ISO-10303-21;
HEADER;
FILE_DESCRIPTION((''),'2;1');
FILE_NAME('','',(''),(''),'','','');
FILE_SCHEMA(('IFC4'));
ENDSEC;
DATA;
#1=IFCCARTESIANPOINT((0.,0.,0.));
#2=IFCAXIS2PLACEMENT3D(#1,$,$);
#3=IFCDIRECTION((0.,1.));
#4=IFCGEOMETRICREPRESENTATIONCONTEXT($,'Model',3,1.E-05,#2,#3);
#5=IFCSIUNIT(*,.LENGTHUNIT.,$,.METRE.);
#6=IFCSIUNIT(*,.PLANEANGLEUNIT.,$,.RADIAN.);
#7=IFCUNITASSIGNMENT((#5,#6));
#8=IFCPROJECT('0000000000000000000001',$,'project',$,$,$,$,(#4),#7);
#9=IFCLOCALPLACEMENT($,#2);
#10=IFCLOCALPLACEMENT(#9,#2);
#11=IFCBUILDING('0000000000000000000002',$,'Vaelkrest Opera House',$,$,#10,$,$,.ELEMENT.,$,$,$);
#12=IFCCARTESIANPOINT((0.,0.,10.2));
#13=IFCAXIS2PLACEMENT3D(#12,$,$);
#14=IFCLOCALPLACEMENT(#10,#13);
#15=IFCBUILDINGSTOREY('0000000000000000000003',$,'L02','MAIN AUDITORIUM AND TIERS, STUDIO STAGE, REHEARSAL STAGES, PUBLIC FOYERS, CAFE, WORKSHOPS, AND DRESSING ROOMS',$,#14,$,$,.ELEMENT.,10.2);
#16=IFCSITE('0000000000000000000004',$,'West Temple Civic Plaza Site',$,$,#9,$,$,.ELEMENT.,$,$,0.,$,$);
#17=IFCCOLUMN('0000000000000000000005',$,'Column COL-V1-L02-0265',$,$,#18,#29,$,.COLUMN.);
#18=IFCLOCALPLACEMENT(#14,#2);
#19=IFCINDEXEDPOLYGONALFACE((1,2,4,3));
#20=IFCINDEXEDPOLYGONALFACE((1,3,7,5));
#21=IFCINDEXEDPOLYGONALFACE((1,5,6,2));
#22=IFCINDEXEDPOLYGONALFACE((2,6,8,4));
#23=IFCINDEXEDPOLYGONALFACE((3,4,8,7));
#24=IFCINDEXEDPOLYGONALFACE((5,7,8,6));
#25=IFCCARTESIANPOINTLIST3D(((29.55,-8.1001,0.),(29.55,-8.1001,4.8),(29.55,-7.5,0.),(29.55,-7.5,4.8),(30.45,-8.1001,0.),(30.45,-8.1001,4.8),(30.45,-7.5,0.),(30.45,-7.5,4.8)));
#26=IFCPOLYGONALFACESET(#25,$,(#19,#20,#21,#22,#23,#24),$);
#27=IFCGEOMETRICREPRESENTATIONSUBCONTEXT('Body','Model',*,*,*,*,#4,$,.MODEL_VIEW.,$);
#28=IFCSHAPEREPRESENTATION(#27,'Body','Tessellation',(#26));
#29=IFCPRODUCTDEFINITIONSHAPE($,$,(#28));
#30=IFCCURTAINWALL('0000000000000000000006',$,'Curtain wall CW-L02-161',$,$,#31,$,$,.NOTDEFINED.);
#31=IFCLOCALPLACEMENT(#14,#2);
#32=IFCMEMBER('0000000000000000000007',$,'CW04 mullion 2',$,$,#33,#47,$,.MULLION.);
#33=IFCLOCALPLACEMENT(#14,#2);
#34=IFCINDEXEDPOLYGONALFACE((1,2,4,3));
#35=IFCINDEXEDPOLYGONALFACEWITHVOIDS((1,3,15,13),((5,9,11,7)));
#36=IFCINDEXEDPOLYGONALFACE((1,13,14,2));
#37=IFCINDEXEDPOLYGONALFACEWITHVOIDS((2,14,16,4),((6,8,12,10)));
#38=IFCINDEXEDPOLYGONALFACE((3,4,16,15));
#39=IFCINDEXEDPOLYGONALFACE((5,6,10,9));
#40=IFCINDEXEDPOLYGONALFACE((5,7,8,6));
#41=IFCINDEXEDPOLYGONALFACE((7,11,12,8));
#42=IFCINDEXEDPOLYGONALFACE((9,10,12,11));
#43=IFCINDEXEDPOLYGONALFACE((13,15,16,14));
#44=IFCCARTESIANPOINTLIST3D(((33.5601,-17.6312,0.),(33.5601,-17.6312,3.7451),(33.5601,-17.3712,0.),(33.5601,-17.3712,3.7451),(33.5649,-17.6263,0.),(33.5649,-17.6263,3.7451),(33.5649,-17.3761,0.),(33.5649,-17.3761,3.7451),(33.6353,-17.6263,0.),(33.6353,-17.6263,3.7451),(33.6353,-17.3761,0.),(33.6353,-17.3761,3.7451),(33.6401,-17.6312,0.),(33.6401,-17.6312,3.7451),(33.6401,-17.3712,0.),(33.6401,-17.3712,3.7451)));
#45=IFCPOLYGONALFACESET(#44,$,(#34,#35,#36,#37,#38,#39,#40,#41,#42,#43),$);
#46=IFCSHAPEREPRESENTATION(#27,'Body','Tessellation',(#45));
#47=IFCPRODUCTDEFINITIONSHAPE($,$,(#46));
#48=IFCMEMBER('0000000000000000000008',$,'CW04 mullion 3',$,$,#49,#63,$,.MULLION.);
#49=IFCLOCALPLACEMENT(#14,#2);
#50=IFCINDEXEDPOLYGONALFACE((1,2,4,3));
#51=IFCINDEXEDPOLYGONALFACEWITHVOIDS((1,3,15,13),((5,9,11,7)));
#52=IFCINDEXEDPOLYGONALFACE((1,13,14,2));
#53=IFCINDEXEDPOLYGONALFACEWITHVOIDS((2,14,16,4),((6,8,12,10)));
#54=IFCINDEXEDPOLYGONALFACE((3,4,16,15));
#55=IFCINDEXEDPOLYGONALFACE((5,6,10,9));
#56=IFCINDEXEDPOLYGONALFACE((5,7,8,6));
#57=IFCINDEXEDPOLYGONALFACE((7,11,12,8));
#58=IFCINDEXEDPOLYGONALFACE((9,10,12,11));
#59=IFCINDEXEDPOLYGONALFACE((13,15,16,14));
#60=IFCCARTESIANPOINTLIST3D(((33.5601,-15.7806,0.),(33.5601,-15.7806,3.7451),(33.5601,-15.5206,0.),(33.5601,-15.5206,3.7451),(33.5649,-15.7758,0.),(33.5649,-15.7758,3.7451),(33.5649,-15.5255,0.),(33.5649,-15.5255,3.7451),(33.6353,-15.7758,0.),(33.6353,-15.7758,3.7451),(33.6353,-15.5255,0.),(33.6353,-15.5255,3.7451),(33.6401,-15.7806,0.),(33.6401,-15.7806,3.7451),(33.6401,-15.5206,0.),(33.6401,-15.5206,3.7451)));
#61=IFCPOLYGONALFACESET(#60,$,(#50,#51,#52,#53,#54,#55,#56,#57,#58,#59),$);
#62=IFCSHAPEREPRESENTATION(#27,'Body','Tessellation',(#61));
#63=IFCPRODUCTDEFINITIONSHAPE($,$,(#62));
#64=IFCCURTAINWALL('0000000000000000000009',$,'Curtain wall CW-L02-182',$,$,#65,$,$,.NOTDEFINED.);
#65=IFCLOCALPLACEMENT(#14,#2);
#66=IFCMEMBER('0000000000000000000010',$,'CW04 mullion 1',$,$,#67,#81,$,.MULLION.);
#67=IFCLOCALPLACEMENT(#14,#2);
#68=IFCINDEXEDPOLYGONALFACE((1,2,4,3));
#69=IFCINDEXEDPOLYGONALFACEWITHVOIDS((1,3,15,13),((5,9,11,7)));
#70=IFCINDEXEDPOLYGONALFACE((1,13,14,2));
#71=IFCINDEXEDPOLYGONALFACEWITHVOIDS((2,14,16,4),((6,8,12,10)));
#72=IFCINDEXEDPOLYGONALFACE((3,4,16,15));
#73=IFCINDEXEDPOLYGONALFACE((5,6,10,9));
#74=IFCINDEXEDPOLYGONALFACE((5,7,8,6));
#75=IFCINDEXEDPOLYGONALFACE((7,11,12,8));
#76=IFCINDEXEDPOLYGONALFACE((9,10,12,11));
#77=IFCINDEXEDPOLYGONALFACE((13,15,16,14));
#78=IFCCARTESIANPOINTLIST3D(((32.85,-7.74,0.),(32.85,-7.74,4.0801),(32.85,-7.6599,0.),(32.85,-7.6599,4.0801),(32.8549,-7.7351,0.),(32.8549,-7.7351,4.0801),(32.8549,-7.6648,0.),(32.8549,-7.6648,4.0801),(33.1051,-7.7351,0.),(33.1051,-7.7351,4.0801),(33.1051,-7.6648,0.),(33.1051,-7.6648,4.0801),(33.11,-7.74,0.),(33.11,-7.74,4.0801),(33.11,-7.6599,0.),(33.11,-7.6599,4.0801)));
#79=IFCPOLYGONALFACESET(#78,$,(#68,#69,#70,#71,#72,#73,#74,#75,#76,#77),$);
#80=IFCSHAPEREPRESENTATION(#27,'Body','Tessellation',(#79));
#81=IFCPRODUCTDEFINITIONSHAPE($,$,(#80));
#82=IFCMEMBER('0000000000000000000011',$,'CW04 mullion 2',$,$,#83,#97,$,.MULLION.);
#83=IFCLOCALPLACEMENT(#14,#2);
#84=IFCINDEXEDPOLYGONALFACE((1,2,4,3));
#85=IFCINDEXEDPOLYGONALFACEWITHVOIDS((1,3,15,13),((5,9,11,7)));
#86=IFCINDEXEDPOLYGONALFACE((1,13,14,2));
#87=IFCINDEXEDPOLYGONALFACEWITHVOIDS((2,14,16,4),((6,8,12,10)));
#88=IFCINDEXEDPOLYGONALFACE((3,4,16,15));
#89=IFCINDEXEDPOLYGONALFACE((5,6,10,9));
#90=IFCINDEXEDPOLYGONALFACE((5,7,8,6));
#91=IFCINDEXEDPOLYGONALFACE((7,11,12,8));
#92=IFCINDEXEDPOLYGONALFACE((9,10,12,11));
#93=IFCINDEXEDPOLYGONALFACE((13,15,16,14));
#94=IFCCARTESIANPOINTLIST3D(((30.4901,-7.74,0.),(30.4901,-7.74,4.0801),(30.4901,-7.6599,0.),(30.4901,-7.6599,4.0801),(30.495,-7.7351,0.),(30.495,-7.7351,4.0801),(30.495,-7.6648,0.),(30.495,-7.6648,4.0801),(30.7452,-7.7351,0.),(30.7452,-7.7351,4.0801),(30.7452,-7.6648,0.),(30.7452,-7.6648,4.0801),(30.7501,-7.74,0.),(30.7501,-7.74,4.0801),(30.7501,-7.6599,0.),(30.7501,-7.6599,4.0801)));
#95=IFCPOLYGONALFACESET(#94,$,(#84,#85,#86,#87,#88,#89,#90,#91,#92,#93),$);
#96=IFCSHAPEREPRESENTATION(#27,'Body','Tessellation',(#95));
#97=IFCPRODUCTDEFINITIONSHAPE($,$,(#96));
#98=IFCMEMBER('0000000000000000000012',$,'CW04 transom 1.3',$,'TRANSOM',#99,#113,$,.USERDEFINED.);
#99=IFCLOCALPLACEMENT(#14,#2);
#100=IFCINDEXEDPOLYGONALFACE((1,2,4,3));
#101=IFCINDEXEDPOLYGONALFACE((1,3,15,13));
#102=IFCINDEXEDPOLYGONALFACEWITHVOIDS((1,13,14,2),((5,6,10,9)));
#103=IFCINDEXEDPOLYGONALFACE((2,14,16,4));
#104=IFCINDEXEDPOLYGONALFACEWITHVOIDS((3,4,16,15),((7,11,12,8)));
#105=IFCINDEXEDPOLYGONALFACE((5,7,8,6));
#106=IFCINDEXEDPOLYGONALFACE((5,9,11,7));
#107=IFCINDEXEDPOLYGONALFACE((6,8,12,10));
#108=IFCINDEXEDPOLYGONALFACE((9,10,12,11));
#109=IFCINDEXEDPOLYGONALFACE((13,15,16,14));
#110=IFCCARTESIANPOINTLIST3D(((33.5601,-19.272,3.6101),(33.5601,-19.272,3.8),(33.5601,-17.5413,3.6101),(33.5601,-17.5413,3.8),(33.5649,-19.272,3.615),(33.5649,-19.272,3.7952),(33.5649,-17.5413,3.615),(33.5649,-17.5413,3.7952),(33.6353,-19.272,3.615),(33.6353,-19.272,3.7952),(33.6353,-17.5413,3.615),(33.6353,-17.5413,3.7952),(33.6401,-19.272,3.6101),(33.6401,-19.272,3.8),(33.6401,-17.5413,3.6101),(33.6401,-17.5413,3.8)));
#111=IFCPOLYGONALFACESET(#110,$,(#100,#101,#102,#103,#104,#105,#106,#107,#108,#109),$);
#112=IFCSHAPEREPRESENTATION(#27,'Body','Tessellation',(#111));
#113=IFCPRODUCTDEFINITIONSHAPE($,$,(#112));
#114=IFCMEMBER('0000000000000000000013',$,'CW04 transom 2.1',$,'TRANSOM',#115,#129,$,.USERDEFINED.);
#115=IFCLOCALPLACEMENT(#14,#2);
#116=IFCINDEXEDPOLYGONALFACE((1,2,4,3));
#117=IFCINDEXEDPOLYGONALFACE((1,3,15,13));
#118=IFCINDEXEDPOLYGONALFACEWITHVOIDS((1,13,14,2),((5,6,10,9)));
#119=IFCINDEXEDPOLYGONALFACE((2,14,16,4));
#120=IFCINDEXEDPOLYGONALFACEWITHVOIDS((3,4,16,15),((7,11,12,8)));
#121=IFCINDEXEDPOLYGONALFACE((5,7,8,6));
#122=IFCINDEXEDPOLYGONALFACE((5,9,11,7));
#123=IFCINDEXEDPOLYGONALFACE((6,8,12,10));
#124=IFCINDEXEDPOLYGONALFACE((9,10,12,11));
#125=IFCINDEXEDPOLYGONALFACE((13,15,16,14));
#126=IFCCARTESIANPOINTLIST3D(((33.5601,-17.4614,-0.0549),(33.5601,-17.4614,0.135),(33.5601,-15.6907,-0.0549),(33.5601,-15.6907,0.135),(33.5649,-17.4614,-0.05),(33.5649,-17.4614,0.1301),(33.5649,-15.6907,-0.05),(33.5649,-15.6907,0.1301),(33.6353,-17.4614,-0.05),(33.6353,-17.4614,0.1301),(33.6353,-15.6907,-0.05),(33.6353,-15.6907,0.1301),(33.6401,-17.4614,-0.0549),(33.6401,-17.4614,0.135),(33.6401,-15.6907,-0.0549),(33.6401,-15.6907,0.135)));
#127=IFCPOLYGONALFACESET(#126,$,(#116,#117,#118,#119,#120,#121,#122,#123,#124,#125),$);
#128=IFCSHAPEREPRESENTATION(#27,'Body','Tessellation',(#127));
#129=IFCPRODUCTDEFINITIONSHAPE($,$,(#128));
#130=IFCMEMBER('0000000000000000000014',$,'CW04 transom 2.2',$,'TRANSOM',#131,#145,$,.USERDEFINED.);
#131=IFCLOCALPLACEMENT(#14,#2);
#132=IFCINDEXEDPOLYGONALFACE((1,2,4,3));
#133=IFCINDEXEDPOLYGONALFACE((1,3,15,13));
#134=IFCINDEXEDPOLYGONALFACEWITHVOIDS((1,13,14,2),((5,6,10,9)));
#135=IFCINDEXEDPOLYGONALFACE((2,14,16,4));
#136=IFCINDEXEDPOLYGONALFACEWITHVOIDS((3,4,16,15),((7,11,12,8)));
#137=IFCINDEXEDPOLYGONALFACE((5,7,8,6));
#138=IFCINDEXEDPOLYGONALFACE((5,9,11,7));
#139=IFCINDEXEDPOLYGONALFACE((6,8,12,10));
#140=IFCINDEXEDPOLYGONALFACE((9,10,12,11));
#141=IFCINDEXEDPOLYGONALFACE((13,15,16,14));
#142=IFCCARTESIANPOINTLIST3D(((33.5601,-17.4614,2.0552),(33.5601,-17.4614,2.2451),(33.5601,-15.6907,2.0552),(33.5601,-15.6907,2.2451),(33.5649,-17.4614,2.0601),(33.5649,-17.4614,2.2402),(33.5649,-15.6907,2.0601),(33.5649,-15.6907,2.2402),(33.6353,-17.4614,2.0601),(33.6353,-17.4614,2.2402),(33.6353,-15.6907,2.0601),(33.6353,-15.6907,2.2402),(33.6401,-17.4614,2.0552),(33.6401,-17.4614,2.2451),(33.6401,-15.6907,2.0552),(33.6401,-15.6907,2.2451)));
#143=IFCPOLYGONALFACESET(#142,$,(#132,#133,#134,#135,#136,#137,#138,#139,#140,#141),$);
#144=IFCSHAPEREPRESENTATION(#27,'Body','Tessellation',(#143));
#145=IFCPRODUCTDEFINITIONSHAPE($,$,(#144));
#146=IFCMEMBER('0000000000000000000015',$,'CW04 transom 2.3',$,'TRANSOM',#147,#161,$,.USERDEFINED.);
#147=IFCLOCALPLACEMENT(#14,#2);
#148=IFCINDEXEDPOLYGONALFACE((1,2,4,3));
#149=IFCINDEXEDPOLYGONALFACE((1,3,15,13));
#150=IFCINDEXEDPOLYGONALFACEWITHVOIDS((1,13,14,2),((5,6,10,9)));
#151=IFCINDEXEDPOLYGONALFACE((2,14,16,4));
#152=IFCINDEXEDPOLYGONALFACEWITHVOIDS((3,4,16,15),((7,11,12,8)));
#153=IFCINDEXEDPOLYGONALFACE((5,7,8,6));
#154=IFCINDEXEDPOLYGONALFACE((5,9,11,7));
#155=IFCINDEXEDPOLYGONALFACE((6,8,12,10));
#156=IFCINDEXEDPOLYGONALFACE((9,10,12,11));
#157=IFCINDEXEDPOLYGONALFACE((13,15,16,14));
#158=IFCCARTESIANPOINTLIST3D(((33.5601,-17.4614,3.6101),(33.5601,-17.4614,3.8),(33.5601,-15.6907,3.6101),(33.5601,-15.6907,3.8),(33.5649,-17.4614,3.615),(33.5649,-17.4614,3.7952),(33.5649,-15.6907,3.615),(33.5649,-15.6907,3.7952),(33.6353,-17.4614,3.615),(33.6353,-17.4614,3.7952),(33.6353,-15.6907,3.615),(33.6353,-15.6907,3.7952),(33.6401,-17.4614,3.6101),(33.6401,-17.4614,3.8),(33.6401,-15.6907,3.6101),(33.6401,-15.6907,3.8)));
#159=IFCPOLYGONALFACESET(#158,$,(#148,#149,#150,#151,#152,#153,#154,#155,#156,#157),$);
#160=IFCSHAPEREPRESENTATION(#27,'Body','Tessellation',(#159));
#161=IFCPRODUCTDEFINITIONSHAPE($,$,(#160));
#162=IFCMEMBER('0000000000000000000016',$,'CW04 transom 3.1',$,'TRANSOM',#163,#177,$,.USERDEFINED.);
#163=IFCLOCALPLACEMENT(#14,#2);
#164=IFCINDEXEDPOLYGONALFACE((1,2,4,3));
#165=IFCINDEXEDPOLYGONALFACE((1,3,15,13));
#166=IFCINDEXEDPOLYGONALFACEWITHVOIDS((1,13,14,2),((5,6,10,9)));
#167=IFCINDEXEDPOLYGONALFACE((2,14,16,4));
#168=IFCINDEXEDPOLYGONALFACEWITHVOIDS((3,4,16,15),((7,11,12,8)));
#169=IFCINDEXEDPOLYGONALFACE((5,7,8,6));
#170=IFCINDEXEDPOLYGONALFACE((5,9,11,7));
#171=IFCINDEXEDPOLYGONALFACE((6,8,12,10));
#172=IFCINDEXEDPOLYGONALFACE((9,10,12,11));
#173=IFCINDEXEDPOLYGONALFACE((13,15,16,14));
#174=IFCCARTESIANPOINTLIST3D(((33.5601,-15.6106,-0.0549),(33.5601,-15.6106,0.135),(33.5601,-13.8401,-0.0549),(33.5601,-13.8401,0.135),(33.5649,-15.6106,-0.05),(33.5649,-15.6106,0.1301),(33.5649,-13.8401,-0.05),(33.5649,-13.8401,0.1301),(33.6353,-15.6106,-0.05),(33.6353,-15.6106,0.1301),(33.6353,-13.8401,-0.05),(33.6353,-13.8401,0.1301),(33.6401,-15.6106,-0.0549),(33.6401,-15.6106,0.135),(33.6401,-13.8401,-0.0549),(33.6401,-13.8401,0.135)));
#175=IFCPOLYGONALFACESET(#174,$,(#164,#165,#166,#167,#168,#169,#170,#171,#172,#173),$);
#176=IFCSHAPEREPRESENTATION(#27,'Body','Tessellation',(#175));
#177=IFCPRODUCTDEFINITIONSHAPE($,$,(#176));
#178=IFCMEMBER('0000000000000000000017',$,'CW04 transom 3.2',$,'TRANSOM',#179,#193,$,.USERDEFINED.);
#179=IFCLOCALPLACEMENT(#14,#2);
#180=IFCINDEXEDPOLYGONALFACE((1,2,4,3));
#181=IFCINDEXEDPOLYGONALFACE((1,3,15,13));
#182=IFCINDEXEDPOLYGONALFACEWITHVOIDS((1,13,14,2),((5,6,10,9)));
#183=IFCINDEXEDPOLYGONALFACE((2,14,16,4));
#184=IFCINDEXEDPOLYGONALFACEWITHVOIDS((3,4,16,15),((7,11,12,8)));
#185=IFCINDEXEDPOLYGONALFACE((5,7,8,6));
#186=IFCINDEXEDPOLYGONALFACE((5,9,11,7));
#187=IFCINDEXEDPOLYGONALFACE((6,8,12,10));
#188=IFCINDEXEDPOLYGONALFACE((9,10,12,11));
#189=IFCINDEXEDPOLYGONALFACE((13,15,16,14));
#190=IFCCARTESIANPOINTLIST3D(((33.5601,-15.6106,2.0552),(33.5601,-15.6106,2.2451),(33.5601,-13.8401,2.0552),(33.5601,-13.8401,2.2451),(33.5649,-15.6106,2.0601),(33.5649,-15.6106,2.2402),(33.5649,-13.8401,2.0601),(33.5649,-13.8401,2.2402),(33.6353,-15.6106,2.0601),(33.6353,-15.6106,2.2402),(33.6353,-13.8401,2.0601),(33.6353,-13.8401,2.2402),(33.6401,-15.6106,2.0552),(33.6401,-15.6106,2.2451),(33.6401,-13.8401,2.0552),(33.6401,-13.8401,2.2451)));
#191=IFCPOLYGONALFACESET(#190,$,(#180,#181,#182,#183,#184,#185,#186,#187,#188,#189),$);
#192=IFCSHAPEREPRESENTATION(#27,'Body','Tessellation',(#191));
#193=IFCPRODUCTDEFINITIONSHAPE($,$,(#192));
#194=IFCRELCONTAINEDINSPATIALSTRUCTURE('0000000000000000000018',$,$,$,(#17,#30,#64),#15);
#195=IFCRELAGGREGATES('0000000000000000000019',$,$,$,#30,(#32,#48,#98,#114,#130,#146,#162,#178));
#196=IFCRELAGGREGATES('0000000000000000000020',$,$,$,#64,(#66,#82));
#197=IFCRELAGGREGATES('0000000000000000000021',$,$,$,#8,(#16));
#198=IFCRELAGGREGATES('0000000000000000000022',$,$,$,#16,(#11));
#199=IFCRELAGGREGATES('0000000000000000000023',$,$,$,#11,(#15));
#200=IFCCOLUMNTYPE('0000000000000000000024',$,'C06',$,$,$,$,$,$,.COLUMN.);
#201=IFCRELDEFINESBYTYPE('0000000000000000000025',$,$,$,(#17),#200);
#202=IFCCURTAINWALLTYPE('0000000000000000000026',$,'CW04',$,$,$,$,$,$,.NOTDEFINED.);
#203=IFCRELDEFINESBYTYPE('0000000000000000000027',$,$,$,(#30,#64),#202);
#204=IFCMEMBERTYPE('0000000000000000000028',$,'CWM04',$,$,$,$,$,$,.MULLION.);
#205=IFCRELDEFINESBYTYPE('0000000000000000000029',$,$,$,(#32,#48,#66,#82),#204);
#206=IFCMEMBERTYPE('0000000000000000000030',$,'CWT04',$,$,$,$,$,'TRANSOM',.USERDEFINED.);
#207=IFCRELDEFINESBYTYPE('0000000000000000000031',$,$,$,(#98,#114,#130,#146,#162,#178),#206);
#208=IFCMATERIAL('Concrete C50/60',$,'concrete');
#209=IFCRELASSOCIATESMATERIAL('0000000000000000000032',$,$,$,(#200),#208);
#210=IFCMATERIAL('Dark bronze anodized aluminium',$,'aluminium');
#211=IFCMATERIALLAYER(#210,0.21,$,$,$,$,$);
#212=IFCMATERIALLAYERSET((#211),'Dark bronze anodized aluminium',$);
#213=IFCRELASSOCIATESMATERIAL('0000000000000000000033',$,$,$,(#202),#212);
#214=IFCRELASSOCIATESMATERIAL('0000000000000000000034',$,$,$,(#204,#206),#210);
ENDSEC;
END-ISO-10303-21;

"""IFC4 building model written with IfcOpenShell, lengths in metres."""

from ifc_helpers import new_model, si_unit, direction, frame, origin, origin_2d, place, context, subcontext, project, spatial, rectangle, hollow_rectangle, extrude, material, layer, layer_set, material_profile, profile_set, type_object, element, aggregate, save


model = new_model("IFC4")

# Units and contexts
model_context = context("Model", 3, precision=1e-05, world=origin(), true_north=direction((0.0, 1.0)))
body_context = subcontext(model_context, "Body", "Model", "MODEL_VIEW")
ifc_project = project(units=[si_unit("LENGTHUNIT", "METRE"), si_unit("PLANEANGLEUNIT", "RADIAN")], contexts=[model_context])

# Site, building, storey
site_placement = place(None, origin())
site = spatial("IfcSite", under=ifc_project, at=site_placement, Name="West Temple Civic Plaza Site", CompositionType="ELEMENT", RefElevation=0.0)
building_placement = place(site_placement, origin())
building = spatial("IfcBuilding", under=site, at=building_placement, Name="Vaelkrest Opera House", CompositionType="ELEMENT")
storey_placement = place(building_placement, frame((0.0, 0.0, 10.2)))
storey = spatial("IfcBuildingStorey", under=building, at=storey_placement, Name="L02", Description="MAIN AUDITORIUM AND TIERS, STUDIO STAGE, REHEARSAL STAGES, PUBLIC FOYERS, CAFE, WORKSHOPS, AND DRESSING ROOMS", CompositionType="ELEMENT", Elevation=10.2)

# Column
ifc_material_1 = material(Name="Concrete C50/60", Category="concrete")
ifc_material_profile_1 = material_profile(ifc_material_1, rectangle(XDim=0.6001, YDim=0.8999, at=origin_2d()), Name="RC600X900")
ifc_profile_set_1 = profile_set([ifc_material_profile_1], Name="Concrete C50/60")
column_type = type_object("IfcColumnType", Name="C06", PredefinedType="COLUMN", material=ifc_profile_set_1)
column_placement = place(storey_placement, frame((30.0, -7.8, 0.0), z_axis=(0.0, 0.0, 1.0), x_axis=(0.0, 1.0, 0.0)))
element("IfcColumn", 1, at=column_placement, inside=storey, type_object=column_type, Name="Column COL-V1-L02-0265", PredefinedType="COLUMN", context=body_context, shape_type="SweptSolid", body=[
    extrude(rectangle(XDim=0.6001, YDim=0.8999, at=origin_2d()), origin(), (0.0, 0.0, 1.0), 4.8),
])

# Curtain walls, members
ifc_material_2 = material(Name="Dark bronze anodized aluminium", Category="aluminium")
ifc_layer_1 = layer(ifc_material_2, 0.21)
ifc_layer_set_1 = layer_set([ifc_layer_1], Name="Dark bronze anodized aluminium")
curtain_wall_type = type_object("IfcCurtainWallType", Name="CW04", PredefinedType="NOTDEFINED", material=ifc_layer_set_1)
curtain_wall_1_placement = place(storey_placement, origin())
curtain_wall_1 = element("IfcCurtainWall", 2, at=curtain_wall_1_placement, inside=storey, type_object=curtain_wall_type, Name="Curtain wall CW-L02-161", PredefinedType="NOTDEFINED")
ifc_material_profile_2 = material_profile(ifc_material_2, hollow_rectangle(XDim=0.0801, YDim=0.26, WallThickness=0.0049, at=origin_2d()), Name="CWM80X260")
ifc_profile_set_2 = profile_set([ifc_material_profile_2], Name="Dark bronze anodized aluminium")
member_type_1 = type_object("IfcMemberType", Name="CWM04", PredefinedType="MULLION", material=ifc_profile_set_2)
member_1_placement = place(storey_placement, frame((33.6001, -17.5012, 0.0), z_axis=(0.0, 0.0, 1.0), x_axis=(-1.0, 0.0, 0.0)))
member_1 = element("IfcMember", 3, at=member_1_placement, type_object=member_type_1, Name="CW04 mullion 2", PredefinedType="MULLION", context=body_context, shape_type="SweptSolid", body=[
    extrude(hollow_rectangle(XDim=0.0801, YDim=0.26, WallThickness=0.0049, at=origin_2d()), origin(), (0.0, 0.0, 1.0), 3.7451),
])
member_2_placement = place(storey_placement, frame((33.6001, -15.6506, 0.0), z_axis=(0.0, 0.0, 1.0), x_axis=(-1.0, 0.0, 0.0)))
member_2 = element("IfcMember", 4, at=member_2_placement, type_object=member_type_1, Name="CW04 mullion 3", PredefinedType="MULLION", context=body_context, shape_type="SweptSolid", body=[
    extrude(hollow_rectangle(XDim=0.0801, YDim=0.26, WallThickness=0.0049, at=origin_2d()), origin(), (0.0, 0.0, 1.0), 3.7451),
])
curtain_wall_2_placement = place(storey_placement, origin())
curtain_wall_2 = element("IfcCurtainWall", 5, at=curtain_wall_2_placement, inside=storey, type_object=curtain_wall_type, Name="Curtain wall CW-L02-182", PredefinedType="NOTDEFINED")
member_3_placement = place(storey_placement, frame((32.98, -7.7, 0.0), z_axis=(0.0, 0.0, 1.0), x_axis=(0.0, -1.0, 0.0)))
member_3 = element("IfcMember", 6, at=member_3_placement, type_object=member_type_1, Name="CW04 mullion 1", PredefinedType="MULLION", context=body_context, shape_type="SweptSolid", body=[
    extrude(hollow_rectangle(XDim=0.0801, YDim=0.26, WallThickness=0.0049, at=origin_2d()), origin(), (0.0, 0.0, 1.0), 4.0801),
])
member_4_placement = place(storey_placement, frame((30.6201, -7.7, 0.0), z_axis=(0.0, 0.0, 1.0), x_axis=(0.0, -1.0, 0.0)))
member_4 = element("IfcMember", 7, at=member_4_placement, type_object=member_type_1, Name="CW04 mullion 2", PredefinedType="MULLION", context=body_context, shape_type="SweptSolid", body=[
    extrude(hollow_rectangle(XDim=0.0801, YDim=0.26, WallThickness=0.0049, at=origin_2d()), origin(), (0.0, 0.0, 1.0), 4.0801),
])

# Members
ifc_material_profile_3 = material_profile(ifc_material_2, hollow_rectangle(XDim=0.0801, YDim=0.1899, WallThickness=0.0049, at=origin_2d()), Name="CWT80X190")
ifc_profile_set_3 = profile_set([ifc_material_profile_3], Name="Dark bronze anodized aluminium")
member_type_2 = type_object("IfcMemberType", Name="CWT04", ElementType="TRANSOM", PredefinedType="USERDEFINED", material=ifc_profile_set_3)
member_5_placement = place(storey_placement, frame((33.6001, -19.272, 3.7051), z_axis=(0.0, 1.0, 0.0), x_axis=(-1.0, 0.0, 0.0)))
member_5 = element("IfcMember", 8, at=member_5_placement, type_object=member_type_2, Name="CW04 transom 1.3", ObjectType="TRANSOM", PredefinedType="USERDEFINED", context=body_context, shape_type="SweptSolid", body=[
    extrude(hollow_rectangle(XDim=0.0801, YDim=0.1899, WallThickness=0.0049, at=origin_2d()), origin(), (0.0, 0.0, 1.0), 1.7307),
])
member_6_placement = place(storey_placement, frame((33.6001, -17.4614, 0.04), z_axis=(0.0, 1.0, 0.0), x_axis=(-1.0, 0.0, 0.0)))
member_6 = element("IfcMember", 9, at=member_6_placement, type_object=member_type_2, Name="CW04 transom 2.1", ObjectType="TRANSOM", PredefinedType="USERDEFINED", context=body_context, shape_type="SweptSolid", body=[
    extrude(hollow_rectangle(XDim=0.0801, YDim=0.1899, WallThickness=0.0049, at=origin_2d()), origin(), (0.0, 0.0, 1.0), 1.7708),
])
member_7_placement = place(storey_placement, frame((33.6001, -17.4614, 2.1501), z_axis=(0.0, 1.0, 0.0), x_axis=(-1.0, 0.0, 0.0)))
member_7 = element("IfcMember", 10, at=member_7_placement, type_object=member_type_2, Name="CW04 transom 2.2", ObjectType="TRANSOM", PredefinedType="USERDEFINED", context=body_context, shape_type="SweptSolid", body=[
    extrude(hollow_rectangle(XDim=0.0801, YDim=0.1899, WallThickness=0.0049, at=origin_2d()), origin(), (0.0, 0.0, 1.0), 1.7708),
])
member_8_placement = place(storey_placement, frame((33.6001, -17.4614, 3.7051), z_axis=(0.0, 1.0, 0.0), x_axis=(-1.0, 0.0, 0.0)))
member_8 = element("IfcMember", 11, at=member_8_placement, type_object=member_type_2, Name="CW04 transom 2.3", ObjectType="TRANSOM", PredefinedType="USERDEFINED", context=body_context, shape_type="SweptSolid", body=[
    extrude(hollow_rectangle(XDim=0.0801, YDim=0.1899, WallThickness=0.0049, at=origin_2d()), origin(), (0.0, 0.0, 1.0), 1.7708),
])
member_9_placement = place(storey_placement, frame((33.6001, -15.6106, 0.04), z_axis=(0.0, 1.0, 0.0), x_axis=(-1.0, 0.0, 0.0)))
member_9 = element("IfcMember", 12, at=member_9_placement, type_object=member_type_2, Name="CW04 transom 3.1", ObjectType="TRANSOM", PredefinedType="USERDEFINED", context=body_context, shape_type="SweptSolid", body=[
    extrude(hollow_rectangle(XDim=0.0801, YDim=0.1899, WallThickness=0.0049, at=origin_2d()), origin(), (0.0, 0.0, 1.0), 1.7705),
])
member_10_placement = place(storey_placement, frame((33.6001, -15.6106, 2.1501), z_axis=(0.0, 1.0, 0.0), x_axis=(-1.0, 0.0, 0.0)))
member_10 = element("IfcMember", 13, at=member_10_placement, type_object=member_type_2, Name="CW04 transom 3.2", ObjectType="TRANSOM", PredefinedType="USERDEFINED", context=body_context, shape_type="SweptSolid", body=[
    extrude(hollow_rectangle(XDim=0.0801, YDim=0.1899, WallThickness=0.0049, at=origin_2d()), origin(), (0.0, 0.0, 1.0), 1.7705),
])

aggregate(curtain_wall_1, [member_1, member_2, member_5, member_6, member_7, member_8, member_9, member_10])
aggregate(curtain_wall_2, [member_3, member_4])

save(model, "model.ifc")
